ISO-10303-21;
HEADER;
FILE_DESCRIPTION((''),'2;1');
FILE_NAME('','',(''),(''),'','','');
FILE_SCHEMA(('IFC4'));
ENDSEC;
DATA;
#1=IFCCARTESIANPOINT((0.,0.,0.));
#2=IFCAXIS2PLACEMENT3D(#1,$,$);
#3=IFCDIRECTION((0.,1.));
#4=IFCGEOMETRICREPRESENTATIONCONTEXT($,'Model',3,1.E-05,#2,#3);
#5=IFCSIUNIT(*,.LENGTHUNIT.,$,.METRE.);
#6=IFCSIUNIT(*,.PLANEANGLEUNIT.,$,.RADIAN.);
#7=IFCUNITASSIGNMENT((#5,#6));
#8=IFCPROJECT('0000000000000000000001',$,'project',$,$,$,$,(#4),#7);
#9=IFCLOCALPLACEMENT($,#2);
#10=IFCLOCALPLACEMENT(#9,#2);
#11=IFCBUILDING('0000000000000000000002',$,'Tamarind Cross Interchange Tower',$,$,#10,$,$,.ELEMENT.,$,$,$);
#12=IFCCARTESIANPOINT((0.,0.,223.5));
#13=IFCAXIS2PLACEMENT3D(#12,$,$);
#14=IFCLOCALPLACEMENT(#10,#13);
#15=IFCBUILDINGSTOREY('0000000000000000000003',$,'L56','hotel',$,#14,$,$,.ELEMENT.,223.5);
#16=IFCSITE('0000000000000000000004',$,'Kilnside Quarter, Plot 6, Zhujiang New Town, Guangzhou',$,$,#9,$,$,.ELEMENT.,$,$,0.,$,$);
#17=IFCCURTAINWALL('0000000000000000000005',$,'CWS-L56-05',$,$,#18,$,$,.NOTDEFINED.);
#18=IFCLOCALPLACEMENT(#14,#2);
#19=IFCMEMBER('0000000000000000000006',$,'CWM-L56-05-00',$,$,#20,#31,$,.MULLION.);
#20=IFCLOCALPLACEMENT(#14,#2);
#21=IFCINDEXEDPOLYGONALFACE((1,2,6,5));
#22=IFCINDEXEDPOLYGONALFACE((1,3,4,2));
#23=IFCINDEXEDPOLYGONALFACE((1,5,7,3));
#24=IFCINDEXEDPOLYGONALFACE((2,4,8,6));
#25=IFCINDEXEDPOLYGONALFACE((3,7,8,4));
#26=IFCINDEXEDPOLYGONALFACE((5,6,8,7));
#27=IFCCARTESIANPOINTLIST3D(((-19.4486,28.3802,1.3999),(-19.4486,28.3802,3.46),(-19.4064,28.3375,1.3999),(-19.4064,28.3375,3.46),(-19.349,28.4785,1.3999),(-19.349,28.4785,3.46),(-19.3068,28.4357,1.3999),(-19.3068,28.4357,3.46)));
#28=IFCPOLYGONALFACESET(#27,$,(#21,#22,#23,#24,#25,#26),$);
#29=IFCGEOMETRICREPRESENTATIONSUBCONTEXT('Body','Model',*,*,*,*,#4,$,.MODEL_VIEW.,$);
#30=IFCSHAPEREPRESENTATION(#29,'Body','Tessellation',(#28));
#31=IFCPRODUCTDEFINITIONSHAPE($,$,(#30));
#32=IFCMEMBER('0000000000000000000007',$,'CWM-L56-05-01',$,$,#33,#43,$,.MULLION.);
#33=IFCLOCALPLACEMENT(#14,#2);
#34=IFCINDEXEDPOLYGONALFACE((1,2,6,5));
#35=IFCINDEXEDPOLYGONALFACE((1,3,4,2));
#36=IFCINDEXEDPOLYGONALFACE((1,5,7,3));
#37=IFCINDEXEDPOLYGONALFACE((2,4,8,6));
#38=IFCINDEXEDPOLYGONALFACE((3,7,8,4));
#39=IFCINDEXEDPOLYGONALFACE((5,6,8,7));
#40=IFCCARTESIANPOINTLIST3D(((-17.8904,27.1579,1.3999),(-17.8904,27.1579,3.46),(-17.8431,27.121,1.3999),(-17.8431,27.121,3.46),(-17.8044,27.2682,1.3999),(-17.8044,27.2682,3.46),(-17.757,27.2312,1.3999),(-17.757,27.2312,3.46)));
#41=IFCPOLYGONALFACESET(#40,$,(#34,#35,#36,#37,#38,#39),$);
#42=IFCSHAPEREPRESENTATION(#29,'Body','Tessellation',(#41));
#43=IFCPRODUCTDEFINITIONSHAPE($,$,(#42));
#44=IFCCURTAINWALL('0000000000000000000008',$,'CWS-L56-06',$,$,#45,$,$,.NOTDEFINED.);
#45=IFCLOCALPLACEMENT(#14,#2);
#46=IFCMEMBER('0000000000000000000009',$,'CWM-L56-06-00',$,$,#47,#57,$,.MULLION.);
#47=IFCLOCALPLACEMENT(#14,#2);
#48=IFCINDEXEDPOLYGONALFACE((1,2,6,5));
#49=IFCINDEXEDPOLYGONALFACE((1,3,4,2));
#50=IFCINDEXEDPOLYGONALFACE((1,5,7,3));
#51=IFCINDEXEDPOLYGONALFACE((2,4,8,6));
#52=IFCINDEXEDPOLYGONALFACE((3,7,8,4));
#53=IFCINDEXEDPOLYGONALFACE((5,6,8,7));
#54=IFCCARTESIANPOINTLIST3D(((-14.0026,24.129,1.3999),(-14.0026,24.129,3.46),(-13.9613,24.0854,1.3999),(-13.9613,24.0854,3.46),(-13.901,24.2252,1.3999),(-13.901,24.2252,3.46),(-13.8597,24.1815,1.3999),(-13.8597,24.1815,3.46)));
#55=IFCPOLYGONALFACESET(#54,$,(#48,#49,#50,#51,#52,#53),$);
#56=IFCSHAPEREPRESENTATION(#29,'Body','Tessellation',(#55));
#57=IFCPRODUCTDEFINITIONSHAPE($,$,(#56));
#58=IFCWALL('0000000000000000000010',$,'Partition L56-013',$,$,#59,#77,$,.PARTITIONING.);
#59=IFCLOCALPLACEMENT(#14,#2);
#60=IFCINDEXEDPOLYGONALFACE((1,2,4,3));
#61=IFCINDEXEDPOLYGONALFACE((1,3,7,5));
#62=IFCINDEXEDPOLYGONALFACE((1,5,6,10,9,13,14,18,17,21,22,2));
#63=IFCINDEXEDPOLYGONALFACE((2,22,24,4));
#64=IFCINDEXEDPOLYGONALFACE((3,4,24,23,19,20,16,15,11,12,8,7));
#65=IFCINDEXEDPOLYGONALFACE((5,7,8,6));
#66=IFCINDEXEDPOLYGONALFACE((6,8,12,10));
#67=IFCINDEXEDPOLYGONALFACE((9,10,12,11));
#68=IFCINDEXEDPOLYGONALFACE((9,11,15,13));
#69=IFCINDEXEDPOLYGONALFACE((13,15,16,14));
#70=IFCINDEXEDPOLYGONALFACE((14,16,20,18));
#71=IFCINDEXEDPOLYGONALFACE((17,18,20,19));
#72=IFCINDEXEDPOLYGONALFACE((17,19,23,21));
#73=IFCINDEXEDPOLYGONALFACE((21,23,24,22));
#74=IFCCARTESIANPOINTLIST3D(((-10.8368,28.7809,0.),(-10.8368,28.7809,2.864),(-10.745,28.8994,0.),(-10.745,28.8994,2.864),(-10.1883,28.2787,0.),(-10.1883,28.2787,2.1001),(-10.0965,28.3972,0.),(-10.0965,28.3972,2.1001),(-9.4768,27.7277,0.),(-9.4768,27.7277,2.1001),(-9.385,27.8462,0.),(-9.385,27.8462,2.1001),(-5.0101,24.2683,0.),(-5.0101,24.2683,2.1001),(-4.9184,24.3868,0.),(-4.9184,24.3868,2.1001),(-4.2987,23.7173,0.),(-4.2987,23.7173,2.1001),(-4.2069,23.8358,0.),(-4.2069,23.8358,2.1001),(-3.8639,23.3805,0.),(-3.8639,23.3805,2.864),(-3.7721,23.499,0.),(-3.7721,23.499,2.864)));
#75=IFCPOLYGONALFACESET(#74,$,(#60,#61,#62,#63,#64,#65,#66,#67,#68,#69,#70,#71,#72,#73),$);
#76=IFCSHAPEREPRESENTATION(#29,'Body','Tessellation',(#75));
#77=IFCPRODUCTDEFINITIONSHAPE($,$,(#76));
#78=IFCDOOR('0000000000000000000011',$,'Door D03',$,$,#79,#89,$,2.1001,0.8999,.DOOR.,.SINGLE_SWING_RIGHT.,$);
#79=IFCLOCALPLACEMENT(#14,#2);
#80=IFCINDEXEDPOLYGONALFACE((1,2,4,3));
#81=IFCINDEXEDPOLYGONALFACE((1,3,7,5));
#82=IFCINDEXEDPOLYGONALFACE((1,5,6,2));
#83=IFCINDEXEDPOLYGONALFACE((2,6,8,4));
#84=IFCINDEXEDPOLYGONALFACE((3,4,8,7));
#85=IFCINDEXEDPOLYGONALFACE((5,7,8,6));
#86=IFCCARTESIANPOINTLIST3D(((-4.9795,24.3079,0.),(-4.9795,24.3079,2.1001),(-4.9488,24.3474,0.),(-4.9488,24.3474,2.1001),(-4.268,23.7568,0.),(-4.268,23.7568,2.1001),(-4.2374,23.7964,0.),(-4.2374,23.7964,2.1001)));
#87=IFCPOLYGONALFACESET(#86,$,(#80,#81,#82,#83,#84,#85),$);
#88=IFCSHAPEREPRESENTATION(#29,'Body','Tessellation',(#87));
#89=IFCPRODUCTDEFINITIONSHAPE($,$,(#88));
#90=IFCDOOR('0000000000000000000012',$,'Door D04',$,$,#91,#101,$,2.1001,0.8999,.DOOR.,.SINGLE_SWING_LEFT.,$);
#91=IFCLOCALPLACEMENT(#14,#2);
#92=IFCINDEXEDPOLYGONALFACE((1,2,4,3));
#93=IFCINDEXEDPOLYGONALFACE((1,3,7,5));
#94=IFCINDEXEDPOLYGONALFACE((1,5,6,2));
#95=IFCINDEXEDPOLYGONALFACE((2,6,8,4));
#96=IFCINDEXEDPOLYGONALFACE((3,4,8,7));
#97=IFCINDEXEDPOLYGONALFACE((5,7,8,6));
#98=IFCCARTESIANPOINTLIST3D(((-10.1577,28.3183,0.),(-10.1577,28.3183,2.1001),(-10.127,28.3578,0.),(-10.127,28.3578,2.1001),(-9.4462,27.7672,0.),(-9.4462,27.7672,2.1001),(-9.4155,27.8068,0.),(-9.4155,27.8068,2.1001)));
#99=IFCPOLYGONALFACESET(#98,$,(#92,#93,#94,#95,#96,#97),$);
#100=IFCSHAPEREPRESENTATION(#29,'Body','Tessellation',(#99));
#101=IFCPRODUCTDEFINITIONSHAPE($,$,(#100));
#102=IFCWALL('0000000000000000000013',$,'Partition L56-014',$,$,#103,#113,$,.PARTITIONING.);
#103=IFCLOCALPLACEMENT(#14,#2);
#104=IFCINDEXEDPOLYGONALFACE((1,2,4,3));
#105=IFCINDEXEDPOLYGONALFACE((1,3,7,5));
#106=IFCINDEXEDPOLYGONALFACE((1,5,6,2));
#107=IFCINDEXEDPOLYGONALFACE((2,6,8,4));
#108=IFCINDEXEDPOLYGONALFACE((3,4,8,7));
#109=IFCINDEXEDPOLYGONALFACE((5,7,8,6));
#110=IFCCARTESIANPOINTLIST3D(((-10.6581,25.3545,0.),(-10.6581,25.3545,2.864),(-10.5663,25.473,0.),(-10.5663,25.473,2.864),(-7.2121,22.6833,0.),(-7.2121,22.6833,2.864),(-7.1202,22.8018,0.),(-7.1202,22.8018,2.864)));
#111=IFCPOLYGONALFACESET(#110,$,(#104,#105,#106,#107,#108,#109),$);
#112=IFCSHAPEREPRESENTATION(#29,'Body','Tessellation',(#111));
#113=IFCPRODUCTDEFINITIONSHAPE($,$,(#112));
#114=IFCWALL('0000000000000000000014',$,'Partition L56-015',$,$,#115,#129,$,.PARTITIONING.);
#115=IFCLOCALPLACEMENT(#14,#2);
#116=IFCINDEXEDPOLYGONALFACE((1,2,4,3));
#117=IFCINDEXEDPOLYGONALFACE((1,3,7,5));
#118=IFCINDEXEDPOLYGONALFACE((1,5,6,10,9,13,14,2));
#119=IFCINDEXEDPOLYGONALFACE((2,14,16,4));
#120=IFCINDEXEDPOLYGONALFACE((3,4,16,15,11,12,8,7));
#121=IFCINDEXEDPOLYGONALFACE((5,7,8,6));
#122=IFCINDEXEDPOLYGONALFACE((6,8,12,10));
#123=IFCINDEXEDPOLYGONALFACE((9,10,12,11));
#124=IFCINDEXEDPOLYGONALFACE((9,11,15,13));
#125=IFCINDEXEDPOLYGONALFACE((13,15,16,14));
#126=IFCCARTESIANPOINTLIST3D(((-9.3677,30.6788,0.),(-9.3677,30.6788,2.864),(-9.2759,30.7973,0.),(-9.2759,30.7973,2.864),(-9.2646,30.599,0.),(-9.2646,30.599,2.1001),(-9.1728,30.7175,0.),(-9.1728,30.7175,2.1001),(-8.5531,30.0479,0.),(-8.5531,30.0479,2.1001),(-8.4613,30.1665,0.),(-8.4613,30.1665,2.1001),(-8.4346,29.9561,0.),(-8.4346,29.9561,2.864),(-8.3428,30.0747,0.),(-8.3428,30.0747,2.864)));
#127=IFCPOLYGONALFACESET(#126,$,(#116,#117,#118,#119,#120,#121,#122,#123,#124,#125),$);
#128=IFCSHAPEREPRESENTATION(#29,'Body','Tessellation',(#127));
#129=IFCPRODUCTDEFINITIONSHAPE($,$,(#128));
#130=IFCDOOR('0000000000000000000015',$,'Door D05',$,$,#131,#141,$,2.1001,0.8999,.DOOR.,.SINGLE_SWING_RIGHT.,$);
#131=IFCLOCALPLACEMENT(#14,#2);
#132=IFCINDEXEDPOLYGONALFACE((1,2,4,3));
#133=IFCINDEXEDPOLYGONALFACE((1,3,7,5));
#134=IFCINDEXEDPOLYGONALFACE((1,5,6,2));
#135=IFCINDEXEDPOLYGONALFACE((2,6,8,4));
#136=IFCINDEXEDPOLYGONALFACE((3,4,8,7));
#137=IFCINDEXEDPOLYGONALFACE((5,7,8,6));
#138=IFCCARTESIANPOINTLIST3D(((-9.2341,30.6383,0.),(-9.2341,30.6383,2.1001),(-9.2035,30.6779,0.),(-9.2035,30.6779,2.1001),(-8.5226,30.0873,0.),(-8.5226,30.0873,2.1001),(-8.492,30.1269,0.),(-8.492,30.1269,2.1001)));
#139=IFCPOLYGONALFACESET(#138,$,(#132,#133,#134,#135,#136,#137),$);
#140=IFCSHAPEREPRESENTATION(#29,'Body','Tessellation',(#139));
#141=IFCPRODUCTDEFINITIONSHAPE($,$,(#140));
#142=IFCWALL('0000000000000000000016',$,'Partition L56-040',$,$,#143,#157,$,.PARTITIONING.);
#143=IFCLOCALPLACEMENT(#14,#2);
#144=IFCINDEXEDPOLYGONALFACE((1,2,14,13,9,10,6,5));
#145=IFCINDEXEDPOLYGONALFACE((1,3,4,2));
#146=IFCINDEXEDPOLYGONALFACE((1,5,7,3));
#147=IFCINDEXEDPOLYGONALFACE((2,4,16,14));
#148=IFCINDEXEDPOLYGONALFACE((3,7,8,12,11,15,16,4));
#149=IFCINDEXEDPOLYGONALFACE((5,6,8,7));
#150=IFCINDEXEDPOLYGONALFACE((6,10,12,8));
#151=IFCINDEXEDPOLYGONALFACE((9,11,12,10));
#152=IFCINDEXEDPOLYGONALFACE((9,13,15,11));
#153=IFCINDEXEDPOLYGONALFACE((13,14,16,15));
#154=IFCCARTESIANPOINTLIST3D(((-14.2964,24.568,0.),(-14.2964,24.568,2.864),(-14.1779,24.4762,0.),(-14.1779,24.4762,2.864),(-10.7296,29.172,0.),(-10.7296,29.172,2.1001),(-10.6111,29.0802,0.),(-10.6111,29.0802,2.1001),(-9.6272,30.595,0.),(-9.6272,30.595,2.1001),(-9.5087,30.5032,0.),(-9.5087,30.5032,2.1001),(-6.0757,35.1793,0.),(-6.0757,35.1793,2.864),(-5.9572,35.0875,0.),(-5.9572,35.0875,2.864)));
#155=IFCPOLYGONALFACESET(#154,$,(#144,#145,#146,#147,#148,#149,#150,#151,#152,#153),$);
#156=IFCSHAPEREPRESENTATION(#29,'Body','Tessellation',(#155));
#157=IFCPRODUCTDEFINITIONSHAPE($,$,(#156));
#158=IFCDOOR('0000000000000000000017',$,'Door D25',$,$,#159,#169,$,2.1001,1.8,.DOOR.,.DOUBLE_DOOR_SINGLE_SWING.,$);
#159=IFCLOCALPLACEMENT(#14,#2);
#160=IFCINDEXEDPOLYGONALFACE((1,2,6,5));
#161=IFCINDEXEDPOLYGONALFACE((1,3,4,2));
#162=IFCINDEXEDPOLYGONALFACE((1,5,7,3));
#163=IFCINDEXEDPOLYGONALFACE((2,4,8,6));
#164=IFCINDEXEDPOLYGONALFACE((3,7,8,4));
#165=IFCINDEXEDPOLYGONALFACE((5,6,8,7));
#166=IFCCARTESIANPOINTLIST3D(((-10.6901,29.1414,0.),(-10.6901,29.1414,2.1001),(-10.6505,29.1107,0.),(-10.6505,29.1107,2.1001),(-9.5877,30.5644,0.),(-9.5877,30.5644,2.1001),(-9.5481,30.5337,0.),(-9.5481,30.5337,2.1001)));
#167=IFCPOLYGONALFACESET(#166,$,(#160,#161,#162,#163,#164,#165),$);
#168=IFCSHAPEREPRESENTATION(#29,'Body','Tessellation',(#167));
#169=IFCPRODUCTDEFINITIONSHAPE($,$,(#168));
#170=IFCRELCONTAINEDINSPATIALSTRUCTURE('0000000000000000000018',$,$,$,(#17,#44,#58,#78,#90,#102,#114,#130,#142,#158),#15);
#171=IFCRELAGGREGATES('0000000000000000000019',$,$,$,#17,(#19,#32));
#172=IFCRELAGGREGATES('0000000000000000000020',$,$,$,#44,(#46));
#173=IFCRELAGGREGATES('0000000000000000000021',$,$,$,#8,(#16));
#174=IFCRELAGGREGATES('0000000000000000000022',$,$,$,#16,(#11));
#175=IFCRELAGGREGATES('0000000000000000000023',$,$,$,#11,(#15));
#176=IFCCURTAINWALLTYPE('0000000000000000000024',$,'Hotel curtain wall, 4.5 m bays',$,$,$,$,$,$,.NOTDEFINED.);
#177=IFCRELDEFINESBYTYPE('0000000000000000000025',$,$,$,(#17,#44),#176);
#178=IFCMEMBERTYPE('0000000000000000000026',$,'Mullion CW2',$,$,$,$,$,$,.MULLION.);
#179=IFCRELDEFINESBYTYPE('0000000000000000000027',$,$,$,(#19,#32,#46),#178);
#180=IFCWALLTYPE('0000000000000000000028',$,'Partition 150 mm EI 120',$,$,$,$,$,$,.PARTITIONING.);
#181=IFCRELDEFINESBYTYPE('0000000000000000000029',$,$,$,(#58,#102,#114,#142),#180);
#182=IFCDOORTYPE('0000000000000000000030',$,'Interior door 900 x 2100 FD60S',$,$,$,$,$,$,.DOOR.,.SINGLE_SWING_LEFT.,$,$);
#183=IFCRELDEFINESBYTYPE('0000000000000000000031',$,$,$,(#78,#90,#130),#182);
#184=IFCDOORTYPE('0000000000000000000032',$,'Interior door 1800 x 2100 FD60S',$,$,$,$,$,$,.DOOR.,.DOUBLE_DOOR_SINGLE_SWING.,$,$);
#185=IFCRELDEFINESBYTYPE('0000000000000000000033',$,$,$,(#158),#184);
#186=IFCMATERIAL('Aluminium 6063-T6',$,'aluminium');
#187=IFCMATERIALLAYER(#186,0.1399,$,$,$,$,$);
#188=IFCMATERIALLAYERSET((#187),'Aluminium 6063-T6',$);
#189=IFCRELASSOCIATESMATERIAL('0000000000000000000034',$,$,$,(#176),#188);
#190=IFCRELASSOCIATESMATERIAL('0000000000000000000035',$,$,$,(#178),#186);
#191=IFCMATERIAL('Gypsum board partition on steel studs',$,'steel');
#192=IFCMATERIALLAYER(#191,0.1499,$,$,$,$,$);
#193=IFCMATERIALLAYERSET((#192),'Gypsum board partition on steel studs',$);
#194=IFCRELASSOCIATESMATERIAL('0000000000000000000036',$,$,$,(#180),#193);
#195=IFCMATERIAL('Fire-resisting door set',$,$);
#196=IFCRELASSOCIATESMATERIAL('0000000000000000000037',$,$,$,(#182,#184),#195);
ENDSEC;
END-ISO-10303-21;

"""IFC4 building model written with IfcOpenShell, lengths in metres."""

from ifc_helpers import new_model, si_unit, direction, frame, frame_2d, origin, origin_2d, place, context, subcontext, project, spatial, rectangle, extrude, material, layer, layer_set, material_profile, profile_set, type_object, element, fill, aggregate, save


model = new_model("IFC4")

# Units and contexts
model_context = context("Model", 3, precision=1e-05, world=origin(), true_north=direction((0.0, 1.0)))
body_context = subcontext(model_context, "Body", "Model", "MODEL_VIEW")
ifc_project = project(units=[si_unit("LENGTHUNIT", "METRE"), si_unit("PLANEANGLEUNIT", "RADIAN")], contexts=[model_context])

# Site, building, storey
site_placement = place(None, origin())
site = spatial("IfcSite", under=ifc_project, at=site_placement, Name="Kilnside Quarter, Plot 6, Zhujiang New Town, Guangzhou", CompositionType="ELEMENT", RefElevation=0.0)
building_placement = place(site_placement, origin())
building = spatial("IfcBuilding", under=site, at=building_placement, Name="Tamarind Cross Interchange Tower", CompositionType="ELEMENT")
storey_placement = place(building_placement, frame((0.0, 0.0, 223.5)))
storey = spatial("IfcBuildingStorey", under=building, at=storey_placement, Name="L56", Description="hotel", CompositionType="ELEMENT", Elevation=223.5)

# Shared definitions
ifc_material_1 = material(Name="Aluminium 6063-T6", Category="aluminium")
ifc_layer_1 = layer(ifc_material_1, 0.1399)
ifc_layer_set_1 = layer_set([ifc_layer_1], Name="Aluminium 6063-T6")
curtain_wall_type = type_object("IfcCurtainWallType", Name="Hotel curtain wall, 4.5 m bays", PredefinedType="NOTDEFINED", material=ifc_layer_set_1)
ifc_material_profile_1 = material_profile(ifc_material_1, rectangle(XDim=0.0601, YDim=0.1399, at=origin_2d()), Name="Mullion CW2")
ifc_profile_set_1 = profile_set([ifc_material_profile_1], Name="Aluminium 6063-T6")
member_type = type_object("IfcMemberType", Name="Mullion CW2", PredefinedType="MULLION", material=ifc_profile_set_1)

# Curtain wall, members
curtain_wall_1_placement = place(storey_placement, origin())
curtain_wall_1 = element("IfcCurtainWall", 1, at=curtain_wall_1_placement, inside=storey, type_object=curtain_wall_type, Name="CWS-L56-05", PredefinedType="NOTDEFINED")
member_1_placement = place(storey_placement, frame((-19.3777, 28.408, 1.3999), z_axis=(0.0, 0.0, 1.0), x_axis=(0.702507, -0.711677, 0.0)))
member_1 = element("IfcMember", 2, at=member_1_placement, type_object=member_type, Name="CWM-L56-05-00", PredefinedType="MULLION", context=body_context, shape_type="SweptSolid", body=[
    extrude(rectangle(XDim=0.0601, YDim=0.1399, at=origin_2d()), origin(), (0.0, 0.0, 1.0), 2.0601),
])
member_2_placement = place(storey_placement, frame((-17.8237, 27.1946, 1.3999), z_axis=(0.0, 0.0, 1.0), x_axis=(0.788193, -0.615429, 0.0)))
member_2 = element("IfcMember", 3, at=member_2_placement, type_object=member_type, Name="CWM-L56-05-01", PredefinedType="MULLION", context=body_context, shape_type="SweptSolid", body=[
    extrude(rectangle(XDim=0.0601, YDim=0.1399, at=origin_2d()), origin(), (0.0, 0.0, 1.0), 2.0601),
])
aggregate(curtain_wall_1, [member_1, member_2])

# Curtain wall, member
curtain_wall_2_placement = place(storey_placement, origin())
curtain_wall_2 = element("IfcCurtainWall", 4, at=curtain_wall_2_placement, inside=storey, type_object=curtain_wall_type, Name="CWS-L56-06", PredefinedType="NOTDEFINED")
member_3_placement = place(storey_placement, frame((-13.9312, 24.1553, 1.3999), z_axis=(0.0, 0.0, 1.0), x_axis=(0.687408, -0.726272, 0.0)))
member_3 = element("IfcMember", 5, at=member_3_placement, type_object=member_type, Name="CWM-L56-06-00", PredefinedType="MULLION", context=body_context, shape_type="SweptSolid", body=[
    extrude(rectangle(XDim=0.0601, YDim=0.1399, at=origin_2d()), origin(), (0.0, 0.0, 1.0), 2.0601),
])
aggregate(curtain_wall_2, [member_3])

# Wall, openings, doors
ifc_material_2 = material(Name="Gypsum board partition on steel studs", Category="steel")
ifc_layer_2 = layer(ifc_material_2, 0.1499)
ifc_layer_set_2 = layer_set([ifc_layer_2], Name="Gypsum board partition on steel studs")
wall_type = type_object("IfcWallType", Name="Partition 150 mm EI 120", PredefinedType="PARTITIONING", material=ifc_layer_set_2)
wall_1_placement = place(storey_placement, frame((-10.7908, 28.8401, 0.0), z_axis=(0.0, 0.0, 1.0), x_axis=(0.790613, -0.612316, 0.0)))
wall_1 = element("IfcWall", 6, at=wall_1_placement, inside=storey, type_object=wall_type, Name="Partition L56-013", PredefinedType="PARTITIONING", context=body_context, shape_type="SweptSolid", body=[
    extrude(rectangle(XDim=8.8196, YDim=0.1499, at=frame_2d((4.4097, 0.0))), origin(), (0.0, 0.0, 1.0), 2.864),
])
opening_1_placement = place(wall_1_placement, frame((7.3696, 0.0, 0.0)))
opening_1 = element("IfcOpeningElement", 7, at=opening_1_placement, cuts=wall_1, PredefinedType="OPENING", context=body_context, shape_type="SweptSolid", body=[
    extrude(rectangle(XDim=0.8999, YDim=2.1001, at=frame_2d((0.45, 1.05))), frame((0.0, 0.085, 0.0), z_axis=(0.0, -1.0, 0.0), x_axis=(1.0, 0.0, 0.0)), (0.0, 0.0, 1.0), 0.1699),
])
opening_2_placement = place(wall_1_placement, frame((0.8201, 0.0, 0.0)))
opening_2 = element("IfcOpeningElement", 8, at=opening_2_placement, cuts=wall_1, PredefinedType="OPENING", context=body_context, shape_type="SweptSolid", body=[
    extrude(rectangle(XDim=0.8999, YDim=2.1001, at=frame_2d((0.45, 1.05))), frame((0.0, 0.085, 0.0), z_axis=(0.0, -1.0, 0.0), x_axis=(1.0, 0.0, 0.0)), (0.0, 0.0, 1.0), 0.1699),
])
ifc_material_3 = material(Name="Fire-resisting door set")
door_type_1 = type_object("IfcDoorType", Name="Interior door 900 x 2100 FD60S", OperationType="SINGLE_SWING_LEFT", PredefinedType="DOOR", material=ifc_material_3)
door_1_placement = place(opening_1_placement, frame((0.8999, 0.0, 0.0), z_axis=(0.0, 0.0, 1.0), x_axis=(-1.0, 0.0, 0.0)))
door_1 = element("IfcDoor", 9, at=door_1_placement, inside=storey, type_object=door_type_1, Name="Door D03", OperationType="SINGLE_SWING_RIGHT", OverallHeight=2.1001, OverallWidth=0.8999, PredefinedType="DOOR", context=body_context, shape_type="SweptSolid", body=[
    extrude(rectangle(XDim=0.8999, YDim=2.1001, at=frame_2d((0.45, 1.05))), frame((0.0, 0.0249, 0.0), z_axis=(0.0, -1.0, 0.0), x_axis=(1.0, 0.0, 0.0)), (0.0, 0.0, 1.0), 0.05),
])
fill(opening_1, door_1)
door_2_placement = place(opening_2_placement, frame((0.8999, 0.0, 0.0), z_axis=(0.0, 0.0, 1.0), x_axis=(-1.0, 0.0, 0.0)))
door_2 = element("IfcDoor", 10, at=door_2_placement, inside=storey, type_object=door_type_1, Name="Door D04", OperationType="SINGLE_SWING_LEFT", OverallHeight=2.1001, OverallWidth=0.8999, PredefinedType="DOOR", context=body_context, shape_type="SweptSolid", body=[
    extrude(rectangle(XDim=0.8999, YDim=2.1001, at=frame_2d((0.45, 1.05))), frame((0.0, 0.0249, 0.0), z_axis=(0.0, -1.0, 0.0), x_axis=(1.0, 0.0, 0.0)), (0.0, 0.0, 1.0), 0.05),
])
fill(opening_2, door_2)

# Wall
wall_2_placement = place(storey_placement, frame((-10.6123, 25.4138, 0.0), z_axis=(0.0, 0.0, 1.0), x_axis=(0.790364, -0.612637, 0.0)))
element("IfcWall", 11, at=wall_2_placement, inside=storey, type_object=wall_type, Name="Partition L56-014", PredefinedType="PARTITIONING", context=body_context, shape_type="SweptSolid", body=[
    extrude(rectangle(XDim=4.3601, YDim=0.1499, at=frame_2d((2.1802, 0.0))), origin(), (0.0, 0.0, 1.0), 2.864),
])

# Walls, openings, doors
wall_3_placement = place(storey_placement, frame((-9.3218, 30.738, 0.0), z_axis=(0.0, 0.0, 1.0), x_axis=(0.79062, -0.612307, 0.0)))
wall_3 = element("IfcWall", 12, at=wall_3_placement, inside=storey, type_object=wall_type, Name="Partition L56-015", PredefinedType="PARTITIONING", context=body_context, shape_type="SweptSolid", body=[
    extrude(rectangle(XDim=1.1802, YDim=0.1499, at=frame_2d((0.5901, 0.0))), origin(), (0.0, 0.0, 1.0), 2.864),
])
opening_3_placement = place(wall_3_placement, frame((0.1304, 0.0, 0.0)))
opening_3 = element("IfcOpeningElement", 13, at=opening_3_placement, cuts=wall_3, PredefinedType="OPENING", context=body_context, shape_type="SweptSolid", body=[
    extrude(rectangle(XDim=0.8999, YDim=2.1001, at=frame_2d((0.45, 1.05))), frame((0.0, 0.085, 0.0), z_axis=(0.0, -1.0, 0.0), x_axis=(1.0, 0.0, 0.0)), (0.0, 0.0, 1.0), 0.1699),
])
door_3_placement = place(opening_3_placement, origin())
door_3 = element("IfcDoor", 14, at=door_3_placement, inside=storey, type_object=door_type_1, Name="Door D05", OperationType="SINGLE_SWING_RIGHT", OverallHeight=2.1001, OverallWidth=0.8999, PredefinedType="DOOR", context=body_context, shape_type="SweptSolid", body=[
    extrude(rectangle(XDim=0.8999, YDim=2.1001, at=frame_2d((0.45, 1.05))), frame((0.0, 0.0249, 0.0), z_axis=(0.0, -1.0, 0.0), x_axis=(1.0, 0.0, 0.0)), (0.0, 0.0, 1.0), 0.05),
])
fill(opening_3, door_3)
wall_4_placement = place(storey_placement, frame((-14.2371, 24.5222, 0.0), z_axis=(0.0, 0.0, 1.0), x_axis=(0.612428, 0.790526, 0.0)))
wall_4 = element("IfcWall", 15, at=wall_4_placement, inside=storey, type_object=wall_type, Name="Partition L56-040", PredefinedType="PARTITIONING", context=body_context, shape_type="SweptSolid", body=[
    extrude(rectangle(XDim=13.4231, YDim=0.1499, at=frame_2d((6.7114, 0.0))), origin(), (0.0, 0.0, 1.0), 2.864),
])
opening_4_placement = place(wall_4_placement, frame((5.824, 0.0, 0.0)))
opening_4 = element("IfcOpeningElement", 16, at=opening_4_placement, cuts=wall_4, PredefinedType="OPENING", context=body_context, shape_type="SweptSolid", body=[
    extrude(rectangle(XDim=1.8, YDim=2.1001, at=frame_2d((0.8999, 1.05))), frame((0.0, 0.085, 0.0), z_axis=(0.0, -1.0, 0.0), x_axis=(1.0, 0.0, 0.0)), (0.0, 0.0, 1.0), 0.1699),
])
door_type_2 = type_object("IfcDoorType", Name="Interior door 1800 x 2100 FD60S", OperationType="DOUBLE_DOOR_SINGLE_SWING", PredefinedType="DOOR", material=ifc_material_3)
door_4_placement = place(opening_4_placement, origin())
door_4 = element("IfcDoor", 17, at=door_4_placement, inside=storey, type_object=door_type_2, Name="Door D25", OperationType="DOUBLE_DOOR_SINGLE_SWING", OverallHeight=2.1001, OverallWidth=1.8, PredefinedType="DOOR", context=body_context, shape_type="SweptSolid", body=[
    extrude(rectangle(XDim=1.8, YDim=2.1001, at=frame_2d((0.8999, 1.05))), frame((0.0, 0.0249, 0.0), z_axis=(0.0, -1.0, 0.0), x_axis=(1.0, 0.0, 0.0)), (0.0, 0.0, 1.0), 0.05),
])
fill(opening_4, door_4)

save(model, "model.ifc")
